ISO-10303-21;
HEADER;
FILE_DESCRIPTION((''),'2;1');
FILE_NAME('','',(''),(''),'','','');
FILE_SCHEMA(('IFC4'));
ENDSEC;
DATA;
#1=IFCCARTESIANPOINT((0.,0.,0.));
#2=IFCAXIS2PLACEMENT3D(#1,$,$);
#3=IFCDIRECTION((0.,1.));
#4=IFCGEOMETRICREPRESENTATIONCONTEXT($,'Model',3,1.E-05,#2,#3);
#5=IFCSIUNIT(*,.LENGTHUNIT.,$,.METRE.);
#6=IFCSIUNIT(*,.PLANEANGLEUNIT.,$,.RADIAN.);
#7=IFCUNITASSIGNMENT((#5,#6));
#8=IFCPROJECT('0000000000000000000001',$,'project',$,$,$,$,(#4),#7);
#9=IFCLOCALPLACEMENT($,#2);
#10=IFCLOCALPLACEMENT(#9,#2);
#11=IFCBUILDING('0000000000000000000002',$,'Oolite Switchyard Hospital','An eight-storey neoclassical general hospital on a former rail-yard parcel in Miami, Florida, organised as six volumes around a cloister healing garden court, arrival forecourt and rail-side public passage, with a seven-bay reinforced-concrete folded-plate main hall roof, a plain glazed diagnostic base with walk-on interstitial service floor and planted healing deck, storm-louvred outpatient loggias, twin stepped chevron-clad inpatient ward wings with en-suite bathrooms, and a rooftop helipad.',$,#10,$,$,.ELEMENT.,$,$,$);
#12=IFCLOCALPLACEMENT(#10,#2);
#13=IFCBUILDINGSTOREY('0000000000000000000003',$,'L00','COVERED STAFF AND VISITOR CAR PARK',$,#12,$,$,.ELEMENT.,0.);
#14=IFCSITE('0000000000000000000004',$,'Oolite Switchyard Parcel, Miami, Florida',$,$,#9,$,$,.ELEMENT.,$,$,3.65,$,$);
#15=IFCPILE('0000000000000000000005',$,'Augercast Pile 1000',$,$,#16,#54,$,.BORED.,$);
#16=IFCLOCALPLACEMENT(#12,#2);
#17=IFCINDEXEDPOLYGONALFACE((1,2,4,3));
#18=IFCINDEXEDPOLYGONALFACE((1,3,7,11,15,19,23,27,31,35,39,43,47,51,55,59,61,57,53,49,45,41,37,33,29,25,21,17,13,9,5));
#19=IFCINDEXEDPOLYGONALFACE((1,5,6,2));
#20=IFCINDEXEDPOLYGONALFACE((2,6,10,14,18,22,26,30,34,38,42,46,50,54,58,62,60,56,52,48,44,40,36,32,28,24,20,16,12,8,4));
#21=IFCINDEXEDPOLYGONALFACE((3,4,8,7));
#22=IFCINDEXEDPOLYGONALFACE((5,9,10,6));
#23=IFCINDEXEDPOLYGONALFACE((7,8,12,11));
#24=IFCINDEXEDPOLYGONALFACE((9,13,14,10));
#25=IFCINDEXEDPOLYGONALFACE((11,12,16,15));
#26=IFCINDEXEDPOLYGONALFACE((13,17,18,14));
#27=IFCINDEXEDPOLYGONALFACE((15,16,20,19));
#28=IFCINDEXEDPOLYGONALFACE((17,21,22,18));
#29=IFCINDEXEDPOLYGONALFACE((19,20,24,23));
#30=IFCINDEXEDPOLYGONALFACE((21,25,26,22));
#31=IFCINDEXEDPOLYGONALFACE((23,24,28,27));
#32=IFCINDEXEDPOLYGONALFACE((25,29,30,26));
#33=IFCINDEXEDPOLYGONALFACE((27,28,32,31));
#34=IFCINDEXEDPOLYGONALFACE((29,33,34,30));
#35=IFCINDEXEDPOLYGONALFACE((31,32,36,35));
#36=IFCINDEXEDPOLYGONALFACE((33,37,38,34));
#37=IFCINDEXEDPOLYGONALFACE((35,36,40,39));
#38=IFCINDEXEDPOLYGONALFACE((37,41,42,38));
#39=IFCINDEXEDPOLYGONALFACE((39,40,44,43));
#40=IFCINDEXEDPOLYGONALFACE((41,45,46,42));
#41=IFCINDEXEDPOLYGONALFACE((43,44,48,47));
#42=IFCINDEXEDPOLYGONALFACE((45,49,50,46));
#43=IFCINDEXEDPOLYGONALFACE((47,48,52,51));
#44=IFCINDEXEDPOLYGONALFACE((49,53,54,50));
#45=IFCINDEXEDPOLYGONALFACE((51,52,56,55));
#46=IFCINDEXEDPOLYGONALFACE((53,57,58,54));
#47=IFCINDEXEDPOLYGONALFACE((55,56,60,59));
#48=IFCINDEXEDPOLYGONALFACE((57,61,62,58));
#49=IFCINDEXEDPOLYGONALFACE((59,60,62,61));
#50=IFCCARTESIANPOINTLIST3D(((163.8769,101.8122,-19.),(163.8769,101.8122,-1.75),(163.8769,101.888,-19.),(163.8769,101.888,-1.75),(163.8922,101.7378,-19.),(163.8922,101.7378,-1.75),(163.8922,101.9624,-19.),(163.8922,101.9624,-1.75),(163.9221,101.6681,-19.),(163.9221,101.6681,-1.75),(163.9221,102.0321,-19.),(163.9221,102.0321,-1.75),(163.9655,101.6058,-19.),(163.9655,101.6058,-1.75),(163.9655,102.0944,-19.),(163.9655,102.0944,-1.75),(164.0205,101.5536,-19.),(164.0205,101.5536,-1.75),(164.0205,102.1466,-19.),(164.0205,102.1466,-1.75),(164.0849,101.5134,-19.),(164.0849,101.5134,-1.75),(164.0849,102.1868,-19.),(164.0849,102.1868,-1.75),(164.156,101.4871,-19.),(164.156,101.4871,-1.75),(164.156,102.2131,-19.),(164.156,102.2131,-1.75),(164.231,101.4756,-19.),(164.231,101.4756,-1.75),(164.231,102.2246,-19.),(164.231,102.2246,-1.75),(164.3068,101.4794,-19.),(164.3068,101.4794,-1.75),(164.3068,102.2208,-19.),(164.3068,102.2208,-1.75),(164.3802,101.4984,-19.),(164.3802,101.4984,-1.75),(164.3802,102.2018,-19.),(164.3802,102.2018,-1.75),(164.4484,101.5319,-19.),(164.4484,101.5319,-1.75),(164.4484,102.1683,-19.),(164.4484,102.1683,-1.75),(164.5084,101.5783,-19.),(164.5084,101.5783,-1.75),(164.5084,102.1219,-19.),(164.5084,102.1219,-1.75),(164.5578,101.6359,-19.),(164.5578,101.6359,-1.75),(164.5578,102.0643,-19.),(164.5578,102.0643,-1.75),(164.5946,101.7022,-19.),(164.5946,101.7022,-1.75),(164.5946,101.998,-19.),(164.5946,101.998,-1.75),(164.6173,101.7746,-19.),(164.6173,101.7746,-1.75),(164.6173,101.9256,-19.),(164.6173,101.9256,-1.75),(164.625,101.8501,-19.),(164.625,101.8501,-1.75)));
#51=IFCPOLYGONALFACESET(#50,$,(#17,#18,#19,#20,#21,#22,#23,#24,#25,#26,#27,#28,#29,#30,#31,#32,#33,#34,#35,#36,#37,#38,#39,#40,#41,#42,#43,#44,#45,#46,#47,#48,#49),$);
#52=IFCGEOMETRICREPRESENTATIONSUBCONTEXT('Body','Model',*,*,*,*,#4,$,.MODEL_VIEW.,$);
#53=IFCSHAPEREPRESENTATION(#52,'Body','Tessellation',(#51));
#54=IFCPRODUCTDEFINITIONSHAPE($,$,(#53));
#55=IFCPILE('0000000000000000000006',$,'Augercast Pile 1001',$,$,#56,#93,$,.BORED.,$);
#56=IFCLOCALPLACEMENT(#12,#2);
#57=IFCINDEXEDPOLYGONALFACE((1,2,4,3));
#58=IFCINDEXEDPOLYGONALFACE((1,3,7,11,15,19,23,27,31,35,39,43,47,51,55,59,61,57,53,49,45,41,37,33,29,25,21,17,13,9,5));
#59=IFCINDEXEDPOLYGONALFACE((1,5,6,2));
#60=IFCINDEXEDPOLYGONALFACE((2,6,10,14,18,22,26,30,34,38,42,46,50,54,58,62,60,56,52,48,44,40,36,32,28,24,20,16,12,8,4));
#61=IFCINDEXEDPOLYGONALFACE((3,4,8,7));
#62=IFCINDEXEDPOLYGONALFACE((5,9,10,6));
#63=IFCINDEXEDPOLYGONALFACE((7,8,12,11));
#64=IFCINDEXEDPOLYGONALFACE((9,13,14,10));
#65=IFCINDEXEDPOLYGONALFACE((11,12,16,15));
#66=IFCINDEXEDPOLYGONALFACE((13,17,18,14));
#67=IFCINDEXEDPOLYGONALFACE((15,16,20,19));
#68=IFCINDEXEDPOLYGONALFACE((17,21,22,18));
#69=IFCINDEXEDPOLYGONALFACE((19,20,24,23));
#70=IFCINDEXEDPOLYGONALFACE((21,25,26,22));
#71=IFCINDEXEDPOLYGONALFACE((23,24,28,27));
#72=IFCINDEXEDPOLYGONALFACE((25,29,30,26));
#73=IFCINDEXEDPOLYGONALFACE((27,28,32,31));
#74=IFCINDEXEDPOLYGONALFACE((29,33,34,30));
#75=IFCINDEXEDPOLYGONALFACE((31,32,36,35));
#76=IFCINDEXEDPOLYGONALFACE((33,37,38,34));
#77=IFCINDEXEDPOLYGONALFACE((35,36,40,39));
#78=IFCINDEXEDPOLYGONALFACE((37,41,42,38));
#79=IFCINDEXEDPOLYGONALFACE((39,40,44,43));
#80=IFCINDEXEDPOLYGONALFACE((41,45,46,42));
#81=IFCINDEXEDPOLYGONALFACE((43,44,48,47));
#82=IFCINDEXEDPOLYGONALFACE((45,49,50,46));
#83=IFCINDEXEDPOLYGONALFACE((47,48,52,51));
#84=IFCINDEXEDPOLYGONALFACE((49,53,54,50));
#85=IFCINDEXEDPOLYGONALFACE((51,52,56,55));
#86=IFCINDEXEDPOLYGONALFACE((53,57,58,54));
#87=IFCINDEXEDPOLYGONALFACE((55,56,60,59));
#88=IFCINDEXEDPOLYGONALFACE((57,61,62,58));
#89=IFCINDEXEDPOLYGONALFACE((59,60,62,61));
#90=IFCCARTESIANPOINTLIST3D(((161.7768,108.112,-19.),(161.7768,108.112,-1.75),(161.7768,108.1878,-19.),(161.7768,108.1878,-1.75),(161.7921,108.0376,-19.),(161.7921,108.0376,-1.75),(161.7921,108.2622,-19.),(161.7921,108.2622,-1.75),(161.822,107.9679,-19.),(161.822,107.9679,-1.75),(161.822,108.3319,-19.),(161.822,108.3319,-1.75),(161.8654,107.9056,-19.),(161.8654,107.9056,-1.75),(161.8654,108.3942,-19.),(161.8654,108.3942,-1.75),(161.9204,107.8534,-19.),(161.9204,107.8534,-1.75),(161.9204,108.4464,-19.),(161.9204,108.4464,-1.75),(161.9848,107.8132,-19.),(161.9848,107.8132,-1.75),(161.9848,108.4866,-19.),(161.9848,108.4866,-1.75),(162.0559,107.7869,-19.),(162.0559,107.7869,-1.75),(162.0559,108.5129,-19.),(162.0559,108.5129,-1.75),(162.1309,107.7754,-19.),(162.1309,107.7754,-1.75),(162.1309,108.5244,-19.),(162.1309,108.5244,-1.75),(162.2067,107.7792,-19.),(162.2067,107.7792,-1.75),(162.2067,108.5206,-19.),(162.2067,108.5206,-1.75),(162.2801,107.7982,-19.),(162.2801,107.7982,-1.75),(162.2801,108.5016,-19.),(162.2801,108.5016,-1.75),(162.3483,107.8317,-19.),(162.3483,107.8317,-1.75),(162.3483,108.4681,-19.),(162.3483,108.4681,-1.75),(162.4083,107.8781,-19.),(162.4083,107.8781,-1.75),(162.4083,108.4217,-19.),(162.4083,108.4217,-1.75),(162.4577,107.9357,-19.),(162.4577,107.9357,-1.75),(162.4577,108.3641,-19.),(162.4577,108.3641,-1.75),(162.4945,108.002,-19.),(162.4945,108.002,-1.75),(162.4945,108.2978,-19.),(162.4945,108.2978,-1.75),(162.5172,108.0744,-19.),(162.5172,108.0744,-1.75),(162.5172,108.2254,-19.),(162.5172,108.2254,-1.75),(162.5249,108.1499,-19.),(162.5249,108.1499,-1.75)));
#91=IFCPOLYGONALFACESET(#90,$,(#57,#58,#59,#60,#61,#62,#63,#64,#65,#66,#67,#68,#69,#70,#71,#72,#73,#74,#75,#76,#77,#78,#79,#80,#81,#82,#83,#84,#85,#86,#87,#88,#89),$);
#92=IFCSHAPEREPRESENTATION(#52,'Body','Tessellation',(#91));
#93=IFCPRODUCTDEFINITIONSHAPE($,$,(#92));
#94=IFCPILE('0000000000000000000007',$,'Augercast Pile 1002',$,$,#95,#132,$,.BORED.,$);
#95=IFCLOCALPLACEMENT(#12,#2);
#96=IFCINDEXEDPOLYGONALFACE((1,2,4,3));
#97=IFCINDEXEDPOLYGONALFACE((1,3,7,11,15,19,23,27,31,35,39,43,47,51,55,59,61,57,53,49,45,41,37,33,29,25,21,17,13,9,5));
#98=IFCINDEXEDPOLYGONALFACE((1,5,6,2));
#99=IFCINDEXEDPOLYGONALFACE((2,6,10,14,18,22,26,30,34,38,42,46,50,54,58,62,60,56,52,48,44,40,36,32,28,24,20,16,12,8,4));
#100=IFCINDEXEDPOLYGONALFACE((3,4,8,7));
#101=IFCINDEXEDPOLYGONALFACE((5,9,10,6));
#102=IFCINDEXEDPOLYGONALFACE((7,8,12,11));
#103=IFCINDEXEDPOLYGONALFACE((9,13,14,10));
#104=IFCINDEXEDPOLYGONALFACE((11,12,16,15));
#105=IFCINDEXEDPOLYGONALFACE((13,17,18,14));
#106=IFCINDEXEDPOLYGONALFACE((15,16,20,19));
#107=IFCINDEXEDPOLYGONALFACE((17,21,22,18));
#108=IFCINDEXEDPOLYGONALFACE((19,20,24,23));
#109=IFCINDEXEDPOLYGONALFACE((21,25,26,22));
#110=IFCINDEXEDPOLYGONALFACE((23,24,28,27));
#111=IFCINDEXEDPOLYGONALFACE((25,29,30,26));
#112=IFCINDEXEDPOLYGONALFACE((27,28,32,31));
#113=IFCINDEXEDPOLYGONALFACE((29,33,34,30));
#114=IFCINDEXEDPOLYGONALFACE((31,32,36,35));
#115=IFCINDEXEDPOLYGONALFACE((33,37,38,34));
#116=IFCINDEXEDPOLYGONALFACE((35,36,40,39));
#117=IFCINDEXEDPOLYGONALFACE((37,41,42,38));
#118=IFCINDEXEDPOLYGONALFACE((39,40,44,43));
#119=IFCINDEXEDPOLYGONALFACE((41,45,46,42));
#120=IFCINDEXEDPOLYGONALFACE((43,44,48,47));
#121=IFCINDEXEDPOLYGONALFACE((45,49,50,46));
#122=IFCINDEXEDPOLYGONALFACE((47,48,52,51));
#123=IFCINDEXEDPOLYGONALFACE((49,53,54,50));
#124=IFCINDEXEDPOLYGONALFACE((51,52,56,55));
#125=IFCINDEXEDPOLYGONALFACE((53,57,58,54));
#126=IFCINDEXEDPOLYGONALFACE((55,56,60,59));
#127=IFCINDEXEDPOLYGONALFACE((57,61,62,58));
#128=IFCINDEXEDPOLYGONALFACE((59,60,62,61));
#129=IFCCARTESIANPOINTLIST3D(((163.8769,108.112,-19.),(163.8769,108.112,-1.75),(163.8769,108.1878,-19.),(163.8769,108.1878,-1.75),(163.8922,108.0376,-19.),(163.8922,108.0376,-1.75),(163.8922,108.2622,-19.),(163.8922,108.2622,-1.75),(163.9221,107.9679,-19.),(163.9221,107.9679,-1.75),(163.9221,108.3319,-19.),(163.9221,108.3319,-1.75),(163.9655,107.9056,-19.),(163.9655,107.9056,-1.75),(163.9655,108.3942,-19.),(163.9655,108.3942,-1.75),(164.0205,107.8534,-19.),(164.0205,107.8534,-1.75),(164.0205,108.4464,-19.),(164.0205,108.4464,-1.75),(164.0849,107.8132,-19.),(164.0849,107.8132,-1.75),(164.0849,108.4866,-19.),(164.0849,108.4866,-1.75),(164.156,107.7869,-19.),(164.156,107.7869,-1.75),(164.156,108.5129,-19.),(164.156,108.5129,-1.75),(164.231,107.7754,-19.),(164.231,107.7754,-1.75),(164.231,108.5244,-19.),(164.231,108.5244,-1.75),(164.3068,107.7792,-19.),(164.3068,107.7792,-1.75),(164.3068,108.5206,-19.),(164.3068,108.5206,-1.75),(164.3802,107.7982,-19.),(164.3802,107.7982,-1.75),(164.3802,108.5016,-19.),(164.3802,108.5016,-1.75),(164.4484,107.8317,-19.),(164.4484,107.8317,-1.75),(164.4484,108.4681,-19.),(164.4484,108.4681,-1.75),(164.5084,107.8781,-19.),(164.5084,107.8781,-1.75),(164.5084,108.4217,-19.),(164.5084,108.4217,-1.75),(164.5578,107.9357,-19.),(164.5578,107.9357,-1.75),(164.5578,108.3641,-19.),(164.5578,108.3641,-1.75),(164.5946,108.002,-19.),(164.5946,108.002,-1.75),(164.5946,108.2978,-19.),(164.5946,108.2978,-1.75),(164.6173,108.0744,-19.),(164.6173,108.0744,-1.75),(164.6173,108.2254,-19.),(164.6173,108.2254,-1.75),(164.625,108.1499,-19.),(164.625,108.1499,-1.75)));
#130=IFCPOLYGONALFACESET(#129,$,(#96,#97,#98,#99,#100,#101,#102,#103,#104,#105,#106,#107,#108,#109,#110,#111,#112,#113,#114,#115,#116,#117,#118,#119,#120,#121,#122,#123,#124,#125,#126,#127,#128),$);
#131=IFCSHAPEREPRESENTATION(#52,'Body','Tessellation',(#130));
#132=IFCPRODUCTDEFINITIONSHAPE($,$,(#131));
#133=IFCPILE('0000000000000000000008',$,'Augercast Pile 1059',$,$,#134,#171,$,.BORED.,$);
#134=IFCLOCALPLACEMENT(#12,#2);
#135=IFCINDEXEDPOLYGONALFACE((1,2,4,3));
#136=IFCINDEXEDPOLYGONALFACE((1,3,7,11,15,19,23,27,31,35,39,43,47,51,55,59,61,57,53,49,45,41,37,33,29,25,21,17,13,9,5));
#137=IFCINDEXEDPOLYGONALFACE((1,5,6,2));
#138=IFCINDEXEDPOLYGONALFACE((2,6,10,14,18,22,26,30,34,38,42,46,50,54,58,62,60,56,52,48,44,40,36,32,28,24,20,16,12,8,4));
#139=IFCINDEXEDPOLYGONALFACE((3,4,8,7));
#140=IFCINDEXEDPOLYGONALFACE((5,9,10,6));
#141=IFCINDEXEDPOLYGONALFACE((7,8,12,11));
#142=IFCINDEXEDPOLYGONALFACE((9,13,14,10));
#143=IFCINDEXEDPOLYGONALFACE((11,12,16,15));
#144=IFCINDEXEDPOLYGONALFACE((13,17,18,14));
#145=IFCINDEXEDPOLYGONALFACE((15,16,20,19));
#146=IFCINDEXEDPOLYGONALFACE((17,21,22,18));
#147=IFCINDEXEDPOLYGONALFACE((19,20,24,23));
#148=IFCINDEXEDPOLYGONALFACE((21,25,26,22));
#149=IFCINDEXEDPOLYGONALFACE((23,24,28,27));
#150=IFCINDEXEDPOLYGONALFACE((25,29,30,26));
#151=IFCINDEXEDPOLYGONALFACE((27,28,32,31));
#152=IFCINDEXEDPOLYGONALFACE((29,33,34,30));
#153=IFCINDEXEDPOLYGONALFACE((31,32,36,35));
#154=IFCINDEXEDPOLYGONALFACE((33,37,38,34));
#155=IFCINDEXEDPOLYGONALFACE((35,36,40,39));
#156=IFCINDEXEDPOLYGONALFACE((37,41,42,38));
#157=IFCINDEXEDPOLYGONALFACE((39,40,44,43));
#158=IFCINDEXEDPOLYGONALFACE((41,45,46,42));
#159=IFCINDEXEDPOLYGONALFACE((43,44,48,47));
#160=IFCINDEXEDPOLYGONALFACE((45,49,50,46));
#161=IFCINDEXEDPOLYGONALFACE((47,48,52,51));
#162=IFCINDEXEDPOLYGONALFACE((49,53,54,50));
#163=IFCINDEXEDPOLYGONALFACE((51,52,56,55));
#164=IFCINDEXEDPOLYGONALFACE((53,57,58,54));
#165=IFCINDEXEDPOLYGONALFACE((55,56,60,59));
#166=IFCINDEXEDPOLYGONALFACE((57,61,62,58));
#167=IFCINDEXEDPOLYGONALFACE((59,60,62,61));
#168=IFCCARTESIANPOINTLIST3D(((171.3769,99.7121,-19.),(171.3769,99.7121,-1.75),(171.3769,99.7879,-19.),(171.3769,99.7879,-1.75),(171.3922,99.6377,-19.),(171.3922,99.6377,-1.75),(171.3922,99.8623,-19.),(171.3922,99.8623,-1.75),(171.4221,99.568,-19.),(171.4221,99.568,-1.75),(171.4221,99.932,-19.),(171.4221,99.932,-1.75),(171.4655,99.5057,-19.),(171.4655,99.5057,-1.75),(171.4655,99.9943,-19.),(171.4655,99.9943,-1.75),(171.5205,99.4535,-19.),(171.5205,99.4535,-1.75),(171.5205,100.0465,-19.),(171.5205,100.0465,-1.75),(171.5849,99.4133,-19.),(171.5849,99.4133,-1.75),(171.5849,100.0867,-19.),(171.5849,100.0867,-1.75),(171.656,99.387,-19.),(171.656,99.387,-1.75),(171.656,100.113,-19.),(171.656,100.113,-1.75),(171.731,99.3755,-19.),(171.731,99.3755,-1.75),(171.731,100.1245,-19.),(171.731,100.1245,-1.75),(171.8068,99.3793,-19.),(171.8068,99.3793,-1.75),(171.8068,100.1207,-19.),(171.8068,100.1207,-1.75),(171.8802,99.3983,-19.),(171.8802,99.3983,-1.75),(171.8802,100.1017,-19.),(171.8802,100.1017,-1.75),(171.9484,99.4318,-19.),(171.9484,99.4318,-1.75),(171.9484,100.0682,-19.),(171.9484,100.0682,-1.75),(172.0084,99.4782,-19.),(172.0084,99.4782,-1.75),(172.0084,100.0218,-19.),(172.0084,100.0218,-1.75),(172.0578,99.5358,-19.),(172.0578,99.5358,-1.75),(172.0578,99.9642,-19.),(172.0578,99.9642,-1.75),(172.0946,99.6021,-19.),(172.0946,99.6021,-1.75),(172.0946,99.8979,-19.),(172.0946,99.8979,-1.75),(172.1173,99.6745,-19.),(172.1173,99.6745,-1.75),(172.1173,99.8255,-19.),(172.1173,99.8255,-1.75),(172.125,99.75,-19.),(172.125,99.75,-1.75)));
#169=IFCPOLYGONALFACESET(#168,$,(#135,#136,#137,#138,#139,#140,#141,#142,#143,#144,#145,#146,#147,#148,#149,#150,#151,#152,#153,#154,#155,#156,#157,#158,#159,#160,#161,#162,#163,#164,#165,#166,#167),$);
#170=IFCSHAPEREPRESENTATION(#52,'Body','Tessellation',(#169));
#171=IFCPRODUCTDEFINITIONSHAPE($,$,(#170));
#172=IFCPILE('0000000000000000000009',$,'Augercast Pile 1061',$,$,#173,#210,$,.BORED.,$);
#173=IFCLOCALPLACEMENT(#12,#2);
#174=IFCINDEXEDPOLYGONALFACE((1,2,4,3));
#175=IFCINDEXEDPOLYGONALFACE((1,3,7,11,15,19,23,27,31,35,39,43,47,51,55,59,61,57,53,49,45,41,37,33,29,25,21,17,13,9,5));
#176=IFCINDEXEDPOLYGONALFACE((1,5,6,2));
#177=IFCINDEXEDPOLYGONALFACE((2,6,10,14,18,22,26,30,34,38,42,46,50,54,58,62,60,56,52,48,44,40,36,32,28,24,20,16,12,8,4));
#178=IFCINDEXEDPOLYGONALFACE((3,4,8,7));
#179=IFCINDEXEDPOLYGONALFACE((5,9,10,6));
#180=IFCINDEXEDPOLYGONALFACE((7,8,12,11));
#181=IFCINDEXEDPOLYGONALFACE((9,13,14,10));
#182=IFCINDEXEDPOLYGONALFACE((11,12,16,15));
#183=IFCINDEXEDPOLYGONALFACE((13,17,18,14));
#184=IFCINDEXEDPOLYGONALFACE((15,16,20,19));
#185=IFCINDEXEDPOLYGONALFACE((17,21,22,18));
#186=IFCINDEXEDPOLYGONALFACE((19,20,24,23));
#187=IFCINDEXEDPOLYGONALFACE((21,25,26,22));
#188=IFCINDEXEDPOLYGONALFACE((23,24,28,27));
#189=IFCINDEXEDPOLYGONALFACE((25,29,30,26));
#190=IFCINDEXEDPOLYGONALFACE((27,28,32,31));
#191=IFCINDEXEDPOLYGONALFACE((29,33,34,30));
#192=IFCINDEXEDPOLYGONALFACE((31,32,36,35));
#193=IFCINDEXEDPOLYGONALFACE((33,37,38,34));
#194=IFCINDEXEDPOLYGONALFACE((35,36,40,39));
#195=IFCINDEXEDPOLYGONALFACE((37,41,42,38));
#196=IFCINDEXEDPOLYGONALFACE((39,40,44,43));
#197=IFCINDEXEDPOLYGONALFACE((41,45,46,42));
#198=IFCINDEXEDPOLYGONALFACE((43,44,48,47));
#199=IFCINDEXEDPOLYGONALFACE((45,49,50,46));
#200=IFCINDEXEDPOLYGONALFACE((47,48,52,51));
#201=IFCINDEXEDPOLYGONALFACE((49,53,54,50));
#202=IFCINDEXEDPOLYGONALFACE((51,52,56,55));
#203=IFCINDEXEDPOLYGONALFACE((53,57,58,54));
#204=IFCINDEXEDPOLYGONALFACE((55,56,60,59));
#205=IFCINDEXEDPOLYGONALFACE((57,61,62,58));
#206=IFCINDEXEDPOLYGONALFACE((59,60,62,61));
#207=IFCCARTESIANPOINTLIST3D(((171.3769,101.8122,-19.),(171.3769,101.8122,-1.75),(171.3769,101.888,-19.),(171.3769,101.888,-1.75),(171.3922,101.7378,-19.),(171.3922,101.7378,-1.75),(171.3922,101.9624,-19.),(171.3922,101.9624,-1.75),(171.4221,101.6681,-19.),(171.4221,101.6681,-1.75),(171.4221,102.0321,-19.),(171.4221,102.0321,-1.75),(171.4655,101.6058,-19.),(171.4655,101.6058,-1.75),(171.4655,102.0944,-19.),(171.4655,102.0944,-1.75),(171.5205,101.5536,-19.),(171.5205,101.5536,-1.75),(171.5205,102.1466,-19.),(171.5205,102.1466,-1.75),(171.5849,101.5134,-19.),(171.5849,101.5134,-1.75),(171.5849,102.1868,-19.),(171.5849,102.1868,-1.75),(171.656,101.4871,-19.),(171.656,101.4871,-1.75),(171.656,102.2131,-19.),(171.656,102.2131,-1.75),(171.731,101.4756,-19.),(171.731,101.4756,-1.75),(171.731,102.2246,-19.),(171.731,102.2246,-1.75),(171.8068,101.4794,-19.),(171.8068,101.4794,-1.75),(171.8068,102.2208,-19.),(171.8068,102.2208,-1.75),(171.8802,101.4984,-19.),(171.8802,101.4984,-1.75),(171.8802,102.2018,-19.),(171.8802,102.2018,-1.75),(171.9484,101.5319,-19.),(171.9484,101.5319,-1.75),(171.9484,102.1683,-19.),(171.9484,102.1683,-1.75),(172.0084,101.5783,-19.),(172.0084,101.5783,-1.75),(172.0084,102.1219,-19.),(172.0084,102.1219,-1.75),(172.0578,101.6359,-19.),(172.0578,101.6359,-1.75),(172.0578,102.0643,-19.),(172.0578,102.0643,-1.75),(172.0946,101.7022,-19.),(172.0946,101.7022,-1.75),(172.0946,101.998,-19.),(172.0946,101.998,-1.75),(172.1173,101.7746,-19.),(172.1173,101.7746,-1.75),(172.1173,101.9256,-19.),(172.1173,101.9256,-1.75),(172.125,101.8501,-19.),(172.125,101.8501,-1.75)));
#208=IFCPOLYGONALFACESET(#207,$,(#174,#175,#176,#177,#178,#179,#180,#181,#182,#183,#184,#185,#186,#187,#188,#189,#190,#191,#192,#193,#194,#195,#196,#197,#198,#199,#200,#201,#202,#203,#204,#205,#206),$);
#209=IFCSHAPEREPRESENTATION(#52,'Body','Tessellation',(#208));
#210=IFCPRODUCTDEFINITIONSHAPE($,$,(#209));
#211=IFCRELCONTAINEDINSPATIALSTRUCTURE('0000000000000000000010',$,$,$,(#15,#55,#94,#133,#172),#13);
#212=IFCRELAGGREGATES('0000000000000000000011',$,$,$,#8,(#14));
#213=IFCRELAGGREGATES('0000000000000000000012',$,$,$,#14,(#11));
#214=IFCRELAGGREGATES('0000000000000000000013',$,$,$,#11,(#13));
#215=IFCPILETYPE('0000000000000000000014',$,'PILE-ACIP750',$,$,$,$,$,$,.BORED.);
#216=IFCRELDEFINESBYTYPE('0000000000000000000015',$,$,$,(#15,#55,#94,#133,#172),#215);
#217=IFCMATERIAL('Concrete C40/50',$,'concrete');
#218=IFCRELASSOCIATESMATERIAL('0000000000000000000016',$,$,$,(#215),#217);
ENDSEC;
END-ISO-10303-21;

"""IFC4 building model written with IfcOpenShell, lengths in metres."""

from ifc_helpers import new_model, si_unit, direction, frame, origin, origin_2d, place, context, subcontext, project, spatial, circle, extrude, material, material_profile, profile_set, type_object, element, save


model = new_model("IFC4")

# Units and contexts
model_context = context("Model", 3, precision=1e-05, world=origin(), true_north=direction((0.0, 1.0)))
body_context = subcontext(model_context, "Body", "Model", "MODEL_VIEW")
ifc_project = project(units=[si_unit("LENGTHUNIT", "METRE"), si_unit("PLANEANGLEUNIT", "RADIAN")], contexts=[model_context])

# Site, building, storey
site_placement = place(None, origin())
site = spatial("IfcSite", under=ifc_project, at=site_placement, Name="Oolite Switchyard Parcel, Miami, Florida", CompositionType="ELEMENT", RefElevation=3.65)
building_placement = place(site_placement, origin())
building = spatial("IfcBuilding", under=site, at=building_placement, Name="Oolite Switchyard Hospital", Description="An eight-storey neoclassical general hospital on a former rail-yard parcel in Miami, Florida, organised as six volumes around a cloister healing garden court, arrival forecourt and rail-side public passage, with a seven-bay reinforced-concrete folded-plate main hall roof, a plain glazed diagnostic base with walk-on interstitial service floor and planted healing deck, storm-louvred outpatient loggias, twin stepped chevron-clad inpatient ward wings with en-suite bathrooms, and a rooftop helipad.", CompositionType="ELEMENT")
storey_placement = place(building_placement, origin())
storey = spatial("IfcBuildingStorey", under=building, at=storey_placement, Name="L00", Description="COVERED STAFF AND VISITOR CAR PARK", CompositionType="ELEMENT", Elevation=0.0)

# Shared definitions
ifc_material_1 = material(Name="Concrete C40/50", Category="concrete")

# Piles
ifc_material_profile_1 = material_profile(ifc_material_1, circle(Radius=0.375, at=origin_2d()), Name="PILE750")
ifc_profile_set_1 = profile_set([ifc_material_profile_1], Name="Concrete C40/50")
pile_type = type_object("IfcPileType", Name="PILE-ACIP750", PredefinedType="BORED", material=ifc_profile_set_1)
for number, where, z_axis, x_axis, name in (
    (1, (164.25, 101.8501, -1.75), (0.0, 0.0, -1.0), (1.0, 0.0, 0.0), "Augercast Pile 1000"),
    (2, (162.1499, 108.1499, -1.75), (0.0, 0.0, -1.0), (1.0, 0.0, 0.0), "Augercast Pile 1001"),
    (3, (164.25, 108.1499, -1.75), (0.0, 0.0, -1.0), (1.0, 0.0, 0.0), "Augercast Pile 1002"),
    (4, (171.75, 99.75, -1.75), (0.0, 0.0, -1.0), (1.0, 0.0, 0.0), "Augercast Pile 1059"),
    (5, (171.75, 101.8501, -1.75), (0.0, 0.0, -1.0), (1.0, 0.0, 0.0), "Augercast Pile 1061"),
):
    element("IfcPile", number, at=place(storey_placement, frame(where, z_axis=z_axis, x_axis=x_axis)), inside=storey, type_object=pile_type, Name=name, PredefinedType="BORED", context=body_context, shape_type="SweptSolid", body=[
        extrude(circle(Radius=0.375, at=origin_2d()), origin(), (0.0, 0.0, 1.0), 17.25),
    ])

save(model, "model.ifc")
